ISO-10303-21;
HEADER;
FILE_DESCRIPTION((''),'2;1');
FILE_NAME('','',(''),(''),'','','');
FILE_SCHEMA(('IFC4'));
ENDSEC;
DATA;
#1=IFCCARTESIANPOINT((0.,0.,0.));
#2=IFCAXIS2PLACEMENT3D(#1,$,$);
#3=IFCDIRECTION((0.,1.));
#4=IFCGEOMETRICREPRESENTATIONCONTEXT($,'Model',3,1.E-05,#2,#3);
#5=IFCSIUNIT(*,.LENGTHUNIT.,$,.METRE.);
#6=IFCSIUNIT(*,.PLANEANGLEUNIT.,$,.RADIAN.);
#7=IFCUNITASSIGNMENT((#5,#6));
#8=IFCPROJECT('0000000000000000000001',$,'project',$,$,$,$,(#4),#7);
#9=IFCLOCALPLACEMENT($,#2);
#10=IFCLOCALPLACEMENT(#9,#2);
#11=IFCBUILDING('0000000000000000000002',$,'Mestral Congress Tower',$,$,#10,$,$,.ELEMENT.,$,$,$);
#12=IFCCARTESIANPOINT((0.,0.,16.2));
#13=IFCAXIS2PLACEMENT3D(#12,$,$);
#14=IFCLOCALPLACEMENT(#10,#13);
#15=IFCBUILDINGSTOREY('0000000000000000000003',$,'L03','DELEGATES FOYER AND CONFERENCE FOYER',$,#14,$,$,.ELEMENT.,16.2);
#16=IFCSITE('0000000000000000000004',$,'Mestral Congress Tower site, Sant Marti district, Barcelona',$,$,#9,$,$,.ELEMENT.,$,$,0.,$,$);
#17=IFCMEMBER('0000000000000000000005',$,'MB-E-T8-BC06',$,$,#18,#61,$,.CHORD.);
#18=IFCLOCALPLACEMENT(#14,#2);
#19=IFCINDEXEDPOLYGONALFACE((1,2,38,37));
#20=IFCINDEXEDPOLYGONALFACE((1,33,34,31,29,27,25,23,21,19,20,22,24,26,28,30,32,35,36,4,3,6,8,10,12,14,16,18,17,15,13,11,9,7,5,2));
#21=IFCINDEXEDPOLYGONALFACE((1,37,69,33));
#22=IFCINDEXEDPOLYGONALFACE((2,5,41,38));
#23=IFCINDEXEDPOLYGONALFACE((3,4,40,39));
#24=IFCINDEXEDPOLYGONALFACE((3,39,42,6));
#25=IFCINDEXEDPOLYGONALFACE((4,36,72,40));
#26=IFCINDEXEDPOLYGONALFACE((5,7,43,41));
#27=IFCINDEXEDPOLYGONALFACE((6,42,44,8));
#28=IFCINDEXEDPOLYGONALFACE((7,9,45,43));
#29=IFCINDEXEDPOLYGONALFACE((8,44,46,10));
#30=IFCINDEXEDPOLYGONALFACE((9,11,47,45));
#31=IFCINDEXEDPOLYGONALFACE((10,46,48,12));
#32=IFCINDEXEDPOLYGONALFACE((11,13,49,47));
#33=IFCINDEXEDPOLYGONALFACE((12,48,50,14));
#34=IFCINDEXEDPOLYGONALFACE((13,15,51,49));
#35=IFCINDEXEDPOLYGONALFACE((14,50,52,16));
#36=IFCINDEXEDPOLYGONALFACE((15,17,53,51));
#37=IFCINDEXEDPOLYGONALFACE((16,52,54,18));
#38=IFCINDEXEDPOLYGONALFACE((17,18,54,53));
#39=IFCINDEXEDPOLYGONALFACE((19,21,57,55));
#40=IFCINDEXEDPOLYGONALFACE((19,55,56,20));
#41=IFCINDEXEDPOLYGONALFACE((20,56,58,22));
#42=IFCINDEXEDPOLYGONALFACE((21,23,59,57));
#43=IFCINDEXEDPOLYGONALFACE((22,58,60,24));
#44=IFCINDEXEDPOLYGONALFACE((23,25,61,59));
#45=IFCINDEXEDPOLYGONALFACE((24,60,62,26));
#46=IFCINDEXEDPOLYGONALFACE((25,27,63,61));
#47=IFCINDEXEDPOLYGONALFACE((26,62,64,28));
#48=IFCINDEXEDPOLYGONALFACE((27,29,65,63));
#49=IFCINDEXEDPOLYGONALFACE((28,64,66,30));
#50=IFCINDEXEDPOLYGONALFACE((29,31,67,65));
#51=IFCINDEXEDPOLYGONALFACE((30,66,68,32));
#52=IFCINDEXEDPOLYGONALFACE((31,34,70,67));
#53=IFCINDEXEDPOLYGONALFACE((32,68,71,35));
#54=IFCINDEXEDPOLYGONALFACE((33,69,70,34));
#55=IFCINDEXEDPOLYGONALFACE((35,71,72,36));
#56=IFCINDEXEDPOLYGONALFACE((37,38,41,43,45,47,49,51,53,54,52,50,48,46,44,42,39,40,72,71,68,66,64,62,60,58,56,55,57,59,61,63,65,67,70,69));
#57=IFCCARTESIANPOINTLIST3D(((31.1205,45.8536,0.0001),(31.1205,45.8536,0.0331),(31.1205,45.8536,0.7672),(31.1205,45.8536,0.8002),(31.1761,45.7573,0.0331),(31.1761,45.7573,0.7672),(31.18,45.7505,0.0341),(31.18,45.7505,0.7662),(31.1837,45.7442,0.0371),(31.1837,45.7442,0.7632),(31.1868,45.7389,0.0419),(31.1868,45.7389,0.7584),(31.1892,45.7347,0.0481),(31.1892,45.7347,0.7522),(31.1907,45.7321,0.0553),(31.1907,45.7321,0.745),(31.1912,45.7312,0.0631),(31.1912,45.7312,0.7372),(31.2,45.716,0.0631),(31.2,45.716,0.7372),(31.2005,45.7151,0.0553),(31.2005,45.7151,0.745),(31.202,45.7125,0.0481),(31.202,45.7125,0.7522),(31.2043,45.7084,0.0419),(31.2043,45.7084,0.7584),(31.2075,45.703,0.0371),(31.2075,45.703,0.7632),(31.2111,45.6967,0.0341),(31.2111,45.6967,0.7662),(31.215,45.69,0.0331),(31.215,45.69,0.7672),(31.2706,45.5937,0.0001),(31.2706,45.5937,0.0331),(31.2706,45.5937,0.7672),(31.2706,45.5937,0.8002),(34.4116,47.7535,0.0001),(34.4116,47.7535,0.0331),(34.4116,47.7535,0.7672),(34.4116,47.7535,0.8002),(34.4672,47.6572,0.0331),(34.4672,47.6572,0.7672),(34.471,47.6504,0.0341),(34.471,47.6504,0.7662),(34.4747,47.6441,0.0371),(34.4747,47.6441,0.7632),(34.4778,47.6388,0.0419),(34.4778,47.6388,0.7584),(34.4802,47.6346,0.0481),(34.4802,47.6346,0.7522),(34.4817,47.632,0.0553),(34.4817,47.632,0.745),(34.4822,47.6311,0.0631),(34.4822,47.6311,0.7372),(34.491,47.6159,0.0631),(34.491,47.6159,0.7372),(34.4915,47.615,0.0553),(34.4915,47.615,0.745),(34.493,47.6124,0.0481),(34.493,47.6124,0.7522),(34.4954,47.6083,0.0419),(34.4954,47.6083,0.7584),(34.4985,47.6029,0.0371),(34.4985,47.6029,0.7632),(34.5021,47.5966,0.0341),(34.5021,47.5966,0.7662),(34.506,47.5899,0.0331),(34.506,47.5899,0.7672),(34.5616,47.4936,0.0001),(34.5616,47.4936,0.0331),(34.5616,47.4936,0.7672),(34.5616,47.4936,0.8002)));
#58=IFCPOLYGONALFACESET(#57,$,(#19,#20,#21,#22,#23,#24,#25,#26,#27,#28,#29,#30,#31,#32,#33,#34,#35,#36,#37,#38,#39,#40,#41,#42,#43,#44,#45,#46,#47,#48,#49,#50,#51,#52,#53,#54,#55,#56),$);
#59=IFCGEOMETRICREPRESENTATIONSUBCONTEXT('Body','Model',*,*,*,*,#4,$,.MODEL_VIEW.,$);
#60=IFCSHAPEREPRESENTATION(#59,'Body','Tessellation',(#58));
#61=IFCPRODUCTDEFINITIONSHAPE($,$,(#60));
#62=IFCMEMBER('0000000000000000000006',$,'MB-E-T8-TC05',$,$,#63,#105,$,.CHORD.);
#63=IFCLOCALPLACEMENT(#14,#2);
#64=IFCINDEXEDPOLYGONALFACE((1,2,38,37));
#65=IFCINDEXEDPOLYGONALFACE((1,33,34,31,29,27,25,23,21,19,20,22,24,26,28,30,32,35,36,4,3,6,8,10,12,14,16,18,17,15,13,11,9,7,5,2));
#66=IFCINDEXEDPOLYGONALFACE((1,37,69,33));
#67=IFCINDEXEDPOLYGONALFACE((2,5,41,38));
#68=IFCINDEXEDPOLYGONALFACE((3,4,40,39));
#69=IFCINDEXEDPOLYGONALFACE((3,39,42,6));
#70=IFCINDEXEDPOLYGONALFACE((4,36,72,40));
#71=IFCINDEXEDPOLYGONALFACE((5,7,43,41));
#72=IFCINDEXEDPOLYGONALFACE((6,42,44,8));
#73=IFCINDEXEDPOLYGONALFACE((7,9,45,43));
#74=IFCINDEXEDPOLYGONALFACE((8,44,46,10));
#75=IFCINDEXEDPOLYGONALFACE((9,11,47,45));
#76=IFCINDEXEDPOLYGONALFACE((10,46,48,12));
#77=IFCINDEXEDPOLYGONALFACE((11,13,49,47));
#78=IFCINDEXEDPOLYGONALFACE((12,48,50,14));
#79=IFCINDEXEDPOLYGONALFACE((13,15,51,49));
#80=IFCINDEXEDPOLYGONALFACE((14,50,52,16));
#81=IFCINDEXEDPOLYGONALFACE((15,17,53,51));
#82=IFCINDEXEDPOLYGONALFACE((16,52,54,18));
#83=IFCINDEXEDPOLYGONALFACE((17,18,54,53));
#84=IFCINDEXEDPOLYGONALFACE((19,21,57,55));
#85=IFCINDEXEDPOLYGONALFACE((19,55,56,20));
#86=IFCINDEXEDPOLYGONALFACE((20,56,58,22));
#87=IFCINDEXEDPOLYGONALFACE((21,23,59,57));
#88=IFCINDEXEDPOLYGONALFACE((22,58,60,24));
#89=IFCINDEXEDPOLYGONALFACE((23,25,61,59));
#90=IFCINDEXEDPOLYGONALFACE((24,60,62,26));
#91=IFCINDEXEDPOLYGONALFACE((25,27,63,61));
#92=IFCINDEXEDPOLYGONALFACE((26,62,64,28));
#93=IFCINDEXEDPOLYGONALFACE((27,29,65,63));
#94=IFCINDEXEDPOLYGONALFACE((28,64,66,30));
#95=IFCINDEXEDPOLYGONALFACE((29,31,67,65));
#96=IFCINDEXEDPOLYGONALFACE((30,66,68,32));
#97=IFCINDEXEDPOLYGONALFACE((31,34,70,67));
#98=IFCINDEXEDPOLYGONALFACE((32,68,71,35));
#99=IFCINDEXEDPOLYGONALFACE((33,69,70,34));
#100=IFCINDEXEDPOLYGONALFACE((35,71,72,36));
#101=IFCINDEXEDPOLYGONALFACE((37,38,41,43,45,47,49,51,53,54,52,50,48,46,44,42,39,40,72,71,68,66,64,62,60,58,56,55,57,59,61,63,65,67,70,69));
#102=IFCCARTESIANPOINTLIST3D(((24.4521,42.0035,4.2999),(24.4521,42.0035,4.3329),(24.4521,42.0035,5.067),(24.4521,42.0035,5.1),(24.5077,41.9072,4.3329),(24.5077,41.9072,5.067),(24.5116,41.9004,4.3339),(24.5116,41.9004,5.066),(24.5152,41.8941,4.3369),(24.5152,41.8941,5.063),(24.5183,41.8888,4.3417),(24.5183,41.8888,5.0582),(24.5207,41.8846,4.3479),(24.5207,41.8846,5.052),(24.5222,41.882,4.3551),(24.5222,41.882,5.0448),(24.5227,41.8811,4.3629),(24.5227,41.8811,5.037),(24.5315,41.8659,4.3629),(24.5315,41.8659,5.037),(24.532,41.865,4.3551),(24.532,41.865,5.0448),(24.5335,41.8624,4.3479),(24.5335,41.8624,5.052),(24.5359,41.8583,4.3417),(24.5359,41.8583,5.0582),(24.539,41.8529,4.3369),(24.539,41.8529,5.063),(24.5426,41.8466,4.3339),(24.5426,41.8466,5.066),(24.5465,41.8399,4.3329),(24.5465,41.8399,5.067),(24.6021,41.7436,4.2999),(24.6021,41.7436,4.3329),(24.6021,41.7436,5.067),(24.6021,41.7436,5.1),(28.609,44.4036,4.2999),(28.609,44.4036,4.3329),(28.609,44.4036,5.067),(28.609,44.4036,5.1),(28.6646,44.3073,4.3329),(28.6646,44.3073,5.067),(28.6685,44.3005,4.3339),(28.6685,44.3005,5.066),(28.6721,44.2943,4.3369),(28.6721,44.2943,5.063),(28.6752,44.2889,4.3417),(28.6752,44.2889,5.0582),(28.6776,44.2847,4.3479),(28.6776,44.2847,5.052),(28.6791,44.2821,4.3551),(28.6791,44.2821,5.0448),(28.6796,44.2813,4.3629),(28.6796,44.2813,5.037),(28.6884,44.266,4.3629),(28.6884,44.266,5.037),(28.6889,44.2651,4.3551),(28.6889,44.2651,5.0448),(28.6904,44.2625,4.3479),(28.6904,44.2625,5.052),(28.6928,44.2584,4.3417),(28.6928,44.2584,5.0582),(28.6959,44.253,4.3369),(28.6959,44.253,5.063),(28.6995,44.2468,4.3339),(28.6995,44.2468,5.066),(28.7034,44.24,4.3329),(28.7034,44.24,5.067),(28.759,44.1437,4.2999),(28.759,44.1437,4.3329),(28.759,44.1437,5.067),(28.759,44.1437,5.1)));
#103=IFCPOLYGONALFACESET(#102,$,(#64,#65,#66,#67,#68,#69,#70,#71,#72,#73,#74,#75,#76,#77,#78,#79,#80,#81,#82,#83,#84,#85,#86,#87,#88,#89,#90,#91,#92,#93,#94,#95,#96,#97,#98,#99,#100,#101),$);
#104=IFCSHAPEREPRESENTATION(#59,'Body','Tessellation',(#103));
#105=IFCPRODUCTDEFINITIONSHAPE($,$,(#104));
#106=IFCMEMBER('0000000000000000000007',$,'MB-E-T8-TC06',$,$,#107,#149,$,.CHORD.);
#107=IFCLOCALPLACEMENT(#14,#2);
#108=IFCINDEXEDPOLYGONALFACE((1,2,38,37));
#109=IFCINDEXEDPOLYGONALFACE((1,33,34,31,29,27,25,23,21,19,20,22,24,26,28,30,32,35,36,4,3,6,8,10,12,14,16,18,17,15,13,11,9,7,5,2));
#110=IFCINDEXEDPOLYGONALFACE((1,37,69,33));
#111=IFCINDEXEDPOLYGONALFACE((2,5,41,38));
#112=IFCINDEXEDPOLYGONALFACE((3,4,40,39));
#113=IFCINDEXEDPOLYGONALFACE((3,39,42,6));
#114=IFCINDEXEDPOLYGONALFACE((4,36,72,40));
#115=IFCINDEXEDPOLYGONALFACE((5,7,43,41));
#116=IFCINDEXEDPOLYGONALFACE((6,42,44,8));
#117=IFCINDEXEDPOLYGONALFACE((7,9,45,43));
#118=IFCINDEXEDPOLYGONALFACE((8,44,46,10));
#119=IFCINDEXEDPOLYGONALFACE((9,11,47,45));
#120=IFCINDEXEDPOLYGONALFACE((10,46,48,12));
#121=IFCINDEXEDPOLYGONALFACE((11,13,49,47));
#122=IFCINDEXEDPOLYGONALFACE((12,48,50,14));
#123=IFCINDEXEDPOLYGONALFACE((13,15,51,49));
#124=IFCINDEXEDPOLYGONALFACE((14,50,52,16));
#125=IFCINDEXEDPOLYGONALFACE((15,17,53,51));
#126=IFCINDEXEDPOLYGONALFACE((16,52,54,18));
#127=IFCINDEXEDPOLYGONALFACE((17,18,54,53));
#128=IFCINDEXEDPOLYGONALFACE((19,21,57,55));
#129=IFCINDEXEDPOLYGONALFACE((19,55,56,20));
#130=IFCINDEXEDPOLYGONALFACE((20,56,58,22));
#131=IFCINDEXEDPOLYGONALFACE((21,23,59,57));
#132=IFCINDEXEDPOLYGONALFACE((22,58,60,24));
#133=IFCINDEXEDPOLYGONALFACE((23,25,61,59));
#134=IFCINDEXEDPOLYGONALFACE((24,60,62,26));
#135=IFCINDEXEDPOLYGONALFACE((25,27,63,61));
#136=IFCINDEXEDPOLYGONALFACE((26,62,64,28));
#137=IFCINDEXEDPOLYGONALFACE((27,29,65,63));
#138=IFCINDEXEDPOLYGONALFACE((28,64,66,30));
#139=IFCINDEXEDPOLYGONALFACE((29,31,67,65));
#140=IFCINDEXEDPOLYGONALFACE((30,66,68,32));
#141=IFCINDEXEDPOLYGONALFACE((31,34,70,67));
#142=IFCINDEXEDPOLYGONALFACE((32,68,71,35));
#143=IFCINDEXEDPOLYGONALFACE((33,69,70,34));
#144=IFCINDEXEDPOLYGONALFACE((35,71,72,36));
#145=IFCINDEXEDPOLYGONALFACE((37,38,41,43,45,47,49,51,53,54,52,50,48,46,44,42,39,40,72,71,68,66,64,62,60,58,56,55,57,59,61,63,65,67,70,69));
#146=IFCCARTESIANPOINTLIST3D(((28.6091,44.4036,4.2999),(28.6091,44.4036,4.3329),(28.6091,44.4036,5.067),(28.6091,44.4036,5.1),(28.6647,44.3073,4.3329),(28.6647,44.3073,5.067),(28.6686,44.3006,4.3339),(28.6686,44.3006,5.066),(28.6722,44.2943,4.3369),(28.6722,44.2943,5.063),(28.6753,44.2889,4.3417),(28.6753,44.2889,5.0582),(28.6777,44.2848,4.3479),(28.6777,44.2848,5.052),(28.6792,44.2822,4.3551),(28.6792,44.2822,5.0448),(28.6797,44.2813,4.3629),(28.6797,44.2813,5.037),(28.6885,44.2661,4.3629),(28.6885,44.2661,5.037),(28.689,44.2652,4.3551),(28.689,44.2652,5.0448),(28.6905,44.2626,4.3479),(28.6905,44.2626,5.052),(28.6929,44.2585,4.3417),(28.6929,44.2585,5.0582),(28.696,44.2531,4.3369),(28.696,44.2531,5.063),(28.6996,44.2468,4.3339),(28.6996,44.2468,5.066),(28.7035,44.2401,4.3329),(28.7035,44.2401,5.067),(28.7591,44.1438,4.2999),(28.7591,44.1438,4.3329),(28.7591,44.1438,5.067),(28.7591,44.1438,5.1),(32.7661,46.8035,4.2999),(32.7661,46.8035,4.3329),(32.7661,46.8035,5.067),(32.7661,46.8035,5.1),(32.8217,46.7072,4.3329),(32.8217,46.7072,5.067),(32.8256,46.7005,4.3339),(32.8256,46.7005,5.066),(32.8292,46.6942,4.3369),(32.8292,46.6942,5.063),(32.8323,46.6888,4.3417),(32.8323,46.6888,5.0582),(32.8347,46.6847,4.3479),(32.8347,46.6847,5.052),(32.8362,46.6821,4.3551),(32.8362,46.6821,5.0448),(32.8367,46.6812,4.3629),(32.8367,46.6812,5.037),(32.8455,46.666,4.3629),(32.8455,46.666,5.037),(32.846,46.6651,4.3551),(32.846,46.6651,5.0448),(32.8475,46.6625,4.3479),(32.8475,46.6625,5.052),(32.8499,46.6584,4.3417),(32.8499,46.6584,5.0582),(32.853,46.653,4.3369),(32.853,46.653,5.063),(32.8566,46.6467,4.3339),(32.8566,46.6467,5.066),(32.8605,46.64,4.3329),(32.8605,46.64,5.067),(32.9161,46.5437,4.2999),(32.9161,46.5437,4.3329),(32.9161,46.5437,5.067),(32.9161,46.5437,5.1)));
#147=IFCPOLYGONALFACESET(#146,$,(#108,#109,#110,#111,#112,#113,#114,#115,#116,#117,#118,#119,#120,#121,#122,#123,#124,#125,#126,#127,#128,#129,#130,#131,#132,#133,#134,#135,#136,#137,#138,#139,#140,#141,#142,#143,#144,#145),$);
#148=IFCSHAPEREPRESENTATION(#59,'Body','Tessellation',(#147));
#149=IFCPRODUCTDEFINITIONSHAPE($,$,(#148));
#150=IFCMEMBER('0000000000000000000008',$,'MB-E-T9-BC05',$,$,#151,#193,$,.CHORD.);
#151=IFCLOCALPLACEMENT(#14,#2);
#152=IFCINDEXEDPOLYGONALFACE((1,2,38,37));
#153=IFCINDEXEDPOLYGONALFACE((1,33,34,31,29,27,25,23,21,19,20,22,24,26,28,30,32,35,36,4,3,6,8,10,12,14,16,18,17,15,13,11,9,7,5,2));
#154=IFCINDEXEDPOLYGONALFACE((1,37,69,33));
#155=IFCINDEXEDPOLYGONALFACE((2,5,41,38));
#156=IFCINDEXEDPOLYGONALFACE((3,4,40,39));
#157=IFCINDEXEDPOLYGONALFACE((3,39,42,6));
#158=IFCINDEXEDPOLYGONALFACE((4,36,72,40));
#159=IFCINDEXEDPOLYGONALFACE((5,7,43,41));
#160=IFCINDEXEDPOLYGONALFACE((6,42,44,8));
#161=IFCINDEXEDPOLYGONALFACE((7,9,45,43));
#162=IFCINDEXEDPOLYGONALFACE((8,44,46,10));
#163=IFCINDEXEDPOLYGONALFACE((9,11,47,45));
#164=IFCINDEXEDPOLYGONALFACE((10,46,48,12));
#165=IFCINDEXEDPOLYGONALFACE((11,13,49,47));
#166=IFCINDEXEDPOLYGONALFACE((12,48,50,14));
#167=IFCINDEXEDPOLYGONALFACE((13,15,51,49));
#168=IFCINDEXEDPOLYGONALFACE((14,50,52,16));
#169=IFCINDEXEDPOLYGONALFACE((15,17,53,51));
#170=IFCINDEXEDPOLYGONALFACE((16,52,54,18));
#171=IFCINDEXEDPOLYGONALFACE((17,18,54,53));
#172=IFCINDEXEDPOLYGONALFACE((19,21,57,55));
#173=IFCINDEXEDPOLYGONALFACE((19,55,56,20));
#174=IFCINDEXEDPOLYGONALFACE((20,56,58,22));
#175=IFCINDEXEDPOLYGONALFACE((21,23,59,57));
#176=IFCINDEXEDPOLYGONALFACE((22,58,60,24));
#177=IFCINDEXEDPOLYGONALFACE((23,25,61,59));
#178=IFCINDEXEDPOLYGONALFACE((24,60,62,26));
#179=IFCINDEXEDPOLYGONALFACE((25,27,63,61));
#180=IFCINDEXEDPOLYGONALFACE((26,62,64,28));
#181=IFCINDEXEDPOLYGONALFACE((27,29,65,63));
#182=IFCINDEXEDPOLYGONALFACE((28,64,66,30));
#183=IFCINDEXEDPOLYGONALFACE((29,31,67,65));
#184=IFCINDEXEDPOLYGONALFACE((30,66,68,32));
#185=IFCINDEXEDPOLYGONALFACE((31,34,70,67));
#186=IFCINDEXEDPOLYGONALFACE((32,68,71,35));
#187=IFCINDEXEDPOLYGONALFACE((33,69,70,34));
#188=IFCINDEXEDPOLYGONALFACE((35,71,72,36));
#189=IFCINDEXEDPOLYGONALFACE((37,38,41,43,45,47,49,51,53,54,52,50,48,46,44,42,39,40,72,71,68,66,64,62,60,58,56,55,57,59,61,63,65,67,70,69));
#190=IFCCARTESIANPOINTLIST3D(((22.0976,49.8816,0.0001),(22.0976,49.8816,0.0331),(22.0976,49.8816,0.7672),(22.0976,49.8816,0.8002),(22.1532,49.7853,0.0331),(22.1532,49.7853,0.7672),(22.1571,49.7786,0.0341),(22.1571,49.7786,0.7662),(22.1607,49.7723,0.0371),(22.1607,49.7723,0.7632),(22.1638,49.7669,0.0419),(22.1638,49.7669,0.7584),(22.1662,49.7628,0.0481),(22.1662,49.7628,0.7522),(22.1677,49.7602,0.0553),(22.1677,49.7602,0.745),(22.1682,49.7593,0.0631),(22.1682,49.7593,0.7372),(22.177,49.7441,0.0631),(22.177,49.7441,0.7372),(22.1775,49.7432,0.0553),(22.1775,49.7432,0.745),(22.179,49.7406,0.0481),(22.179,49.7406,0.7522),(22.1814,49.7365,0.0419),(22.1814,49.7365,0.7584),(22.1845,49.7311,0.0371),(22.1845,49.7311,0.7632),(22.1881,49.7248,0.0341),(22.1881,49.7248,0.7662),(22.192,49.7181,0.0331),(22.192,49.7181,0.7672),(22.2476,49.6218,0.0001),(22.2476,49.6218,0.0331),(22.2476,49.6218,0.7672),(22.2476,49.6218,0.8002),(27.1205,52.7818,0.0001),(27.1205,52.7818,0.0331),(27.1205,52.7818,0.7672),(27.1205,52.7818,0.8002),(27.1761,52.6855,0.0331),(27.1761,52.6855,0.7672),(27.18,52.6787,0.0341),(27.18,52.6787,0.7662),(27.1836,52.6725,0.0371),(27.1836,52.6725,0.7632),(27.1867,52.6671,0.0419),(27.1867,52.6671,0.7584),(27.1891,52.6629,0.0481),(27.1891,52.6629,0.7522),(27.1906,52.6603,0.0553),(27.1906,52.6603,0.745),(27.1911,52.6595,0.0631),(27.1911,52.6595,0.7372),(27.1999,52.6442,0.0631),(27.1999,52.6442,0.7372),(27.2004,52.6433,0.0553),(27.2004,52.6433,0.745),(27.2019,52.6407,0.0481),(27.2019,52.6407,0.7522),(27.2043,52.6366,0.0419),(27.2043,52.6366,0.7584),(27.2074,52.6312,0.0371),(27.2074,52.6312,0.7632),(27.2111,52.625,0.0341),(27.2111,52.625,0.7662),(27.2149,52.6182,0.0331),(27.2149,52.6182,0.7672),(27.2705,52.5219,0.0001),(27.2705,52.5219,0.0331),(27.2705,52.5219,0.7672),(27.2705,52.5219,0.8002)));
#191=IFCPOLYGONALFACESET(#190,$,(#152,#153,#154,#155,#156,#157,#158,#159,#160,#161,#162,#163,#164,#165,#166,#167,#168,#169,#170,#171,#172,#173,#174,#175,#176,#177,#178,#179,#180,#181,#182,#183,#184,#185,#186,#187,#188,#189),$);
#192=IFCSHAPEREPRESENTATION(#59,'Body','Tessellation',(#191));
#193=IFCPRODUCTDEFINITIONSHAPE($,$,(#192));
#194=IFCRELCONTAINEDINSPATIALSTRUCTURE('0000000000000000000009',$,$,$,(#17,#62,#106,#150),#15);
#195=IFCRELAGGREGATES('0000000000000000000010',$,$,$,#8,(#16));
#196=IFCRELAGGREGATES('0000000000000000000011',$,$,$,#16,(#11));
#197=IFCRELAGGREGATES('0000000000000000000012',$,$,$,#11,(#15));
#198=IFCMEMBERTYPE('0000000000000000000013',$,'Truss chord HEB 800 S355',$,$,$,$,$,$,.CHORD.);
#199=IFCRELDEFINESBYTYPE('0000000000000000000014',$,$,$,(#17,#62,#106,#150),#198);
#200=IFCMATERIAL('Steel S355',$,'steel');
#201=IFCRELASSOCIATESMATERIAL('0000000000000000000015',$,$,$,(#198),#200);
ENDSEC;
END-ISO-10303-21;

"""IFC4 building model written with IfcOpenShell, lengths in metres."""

from ifc_helpers import new_model, si_unit, direction, frame, origin, origin_2d, place, context, subcontext, project, spatial, i_section, extrude, material, material_profile, profile_set, type_object, element, save


model = new_model("IFC4")

# Units and contexts
model_context = context("Model", 3, precision=1e-05, world=origin(), true_north=direction((0.0, 1.0)))
body_context = subcontext(model_context, "Body", "Model", "MODEL_VIEW")
ifc_project = project(units=[si_unit("LENGTHUNIT", "METRE"), si_unit("PLANEANGLEUNIT", "RADIAN")], contexts=[model_context])

# Site, building, storey
site_placement = place(None, origin())
site = spatial("IfcSite", under=ifc_project, at=site_placement, Name="Mestral Congress Tower site, Sant Marti district, Barcelona", CompositionType="ELEMENT", RefElevation=0.0)
building_placement = place(site_placement, origin())
building = spatial("IfcBuilding", under=site, at=building_placement, Name="Mestral Congress Tower", CompositionType="ELEMENT")
storey_placement = place(building_placement, frame((0.0, 0.0, 16.2)))
storey = spatial("IfcBuildingStorey", under=building, at=storey_placement, Name="L03", Description="DELEGATES FOYER AND CONFERENCE FOYER", CompositionType="ELEMENT", Elevation=16.2)

# Shared definitions
ifc_material_1 = material(Name="Steel S355", Category="steel")

# Members
ifc_material_profile_1 = material_profile(ifc_material_1, i_section(OverallWidth=0.3, OverallDepth=0.8, WebThickness=0.0176, FlangeThickness=0.033, FilletRadius=0.03, at=origin_2d()), Name="HEB 800")
ifc_profile_set_1 = profile_set([ifc_material_profile_1], Name="Steel S355")
member_type_1 = type_object("IfcMemberType", Name="Truss chord HEB 800 S355", PredefinedType="CHORD", material=ifc_profile_set_1)
member_1_placement = place(storey_placement, frame((31.1956, 45.7236, 0.4001), z_axis=(0.866044, 0.499967, 0.0), x_axis=(-0.499967, 0.866044, 0.0)))
element("IfcMember", 1, at=member_1_placement, inside=storey, type_object=member_type_1, Name="MB-E-T8-BC06", PredefinedType="CHORD", context=body_context, shape_type="SweptSolid", body=[
    extrude(i_section(OverallWidth=0.3, OverallDepth=0.8, WebThickness=0.0176, FlangeThickness=0.033, FilletRadius=0.03, at=origin_2d()), origin(), (0.0, 0.0, 1.0), 3.8),
])
for number, where, z_axis, x_axis, name in (
    (2, (24.5271, 41.8735, 4.7), (0.866015, 0.500017, 0.0), (-0.500017, 0.866015, 0.0), "MB-E-T8-TC05"),
    (3, (28.6841, 44.2737, 4.7), (0.866037, 0.499979, 0.0), (-0.499979, 0.866037, 0.0), "MB-E-T8-TC06"),
):
    element("IfcMember", number, at=place(storey_placement, frame(where, z_axis=z_axis, x_axis=x_axis)), inside=storey, type_object=member_type_1, Name=name, PredefinedType="CHORD", context=body_context, shape_type="SweptSolid", body=[
        extrude(i_section(OverallWidth=0.3, OverallDepth=0.8, WebThickness=0.0176, FlangeThickness=0.033, FilletRadius=0.03, at=origin_2d()), origin(), (0.0, 0.0, 1.0), 4.8),
    ])
member_2_placement = place(storey_placement, frame((22.1726, 49.7517, 0.4001), z_axis=(0.866015, 0.500019, 0.0), x_axis=(-0.500019, 0.866015, 0.0)))
element("IfcMember", 4, at=member_2_placement, inside=storey, type_object=member_type_1, Name="MB-E-T9-BC05", PredefinedType="CHORD", context=body_context, shape_type="SweptSolid", body=[
    extrude(i_section(OverallWidth=0.3, OverallDepth=0.8, WebThickness=0.0176, FlangeThickness=0.033, FilletRadius=0.03, at=origin_2d()), origin(), (0.0, 0.0, 1.0), 5.8),
])

save(model, "model.ifc")
